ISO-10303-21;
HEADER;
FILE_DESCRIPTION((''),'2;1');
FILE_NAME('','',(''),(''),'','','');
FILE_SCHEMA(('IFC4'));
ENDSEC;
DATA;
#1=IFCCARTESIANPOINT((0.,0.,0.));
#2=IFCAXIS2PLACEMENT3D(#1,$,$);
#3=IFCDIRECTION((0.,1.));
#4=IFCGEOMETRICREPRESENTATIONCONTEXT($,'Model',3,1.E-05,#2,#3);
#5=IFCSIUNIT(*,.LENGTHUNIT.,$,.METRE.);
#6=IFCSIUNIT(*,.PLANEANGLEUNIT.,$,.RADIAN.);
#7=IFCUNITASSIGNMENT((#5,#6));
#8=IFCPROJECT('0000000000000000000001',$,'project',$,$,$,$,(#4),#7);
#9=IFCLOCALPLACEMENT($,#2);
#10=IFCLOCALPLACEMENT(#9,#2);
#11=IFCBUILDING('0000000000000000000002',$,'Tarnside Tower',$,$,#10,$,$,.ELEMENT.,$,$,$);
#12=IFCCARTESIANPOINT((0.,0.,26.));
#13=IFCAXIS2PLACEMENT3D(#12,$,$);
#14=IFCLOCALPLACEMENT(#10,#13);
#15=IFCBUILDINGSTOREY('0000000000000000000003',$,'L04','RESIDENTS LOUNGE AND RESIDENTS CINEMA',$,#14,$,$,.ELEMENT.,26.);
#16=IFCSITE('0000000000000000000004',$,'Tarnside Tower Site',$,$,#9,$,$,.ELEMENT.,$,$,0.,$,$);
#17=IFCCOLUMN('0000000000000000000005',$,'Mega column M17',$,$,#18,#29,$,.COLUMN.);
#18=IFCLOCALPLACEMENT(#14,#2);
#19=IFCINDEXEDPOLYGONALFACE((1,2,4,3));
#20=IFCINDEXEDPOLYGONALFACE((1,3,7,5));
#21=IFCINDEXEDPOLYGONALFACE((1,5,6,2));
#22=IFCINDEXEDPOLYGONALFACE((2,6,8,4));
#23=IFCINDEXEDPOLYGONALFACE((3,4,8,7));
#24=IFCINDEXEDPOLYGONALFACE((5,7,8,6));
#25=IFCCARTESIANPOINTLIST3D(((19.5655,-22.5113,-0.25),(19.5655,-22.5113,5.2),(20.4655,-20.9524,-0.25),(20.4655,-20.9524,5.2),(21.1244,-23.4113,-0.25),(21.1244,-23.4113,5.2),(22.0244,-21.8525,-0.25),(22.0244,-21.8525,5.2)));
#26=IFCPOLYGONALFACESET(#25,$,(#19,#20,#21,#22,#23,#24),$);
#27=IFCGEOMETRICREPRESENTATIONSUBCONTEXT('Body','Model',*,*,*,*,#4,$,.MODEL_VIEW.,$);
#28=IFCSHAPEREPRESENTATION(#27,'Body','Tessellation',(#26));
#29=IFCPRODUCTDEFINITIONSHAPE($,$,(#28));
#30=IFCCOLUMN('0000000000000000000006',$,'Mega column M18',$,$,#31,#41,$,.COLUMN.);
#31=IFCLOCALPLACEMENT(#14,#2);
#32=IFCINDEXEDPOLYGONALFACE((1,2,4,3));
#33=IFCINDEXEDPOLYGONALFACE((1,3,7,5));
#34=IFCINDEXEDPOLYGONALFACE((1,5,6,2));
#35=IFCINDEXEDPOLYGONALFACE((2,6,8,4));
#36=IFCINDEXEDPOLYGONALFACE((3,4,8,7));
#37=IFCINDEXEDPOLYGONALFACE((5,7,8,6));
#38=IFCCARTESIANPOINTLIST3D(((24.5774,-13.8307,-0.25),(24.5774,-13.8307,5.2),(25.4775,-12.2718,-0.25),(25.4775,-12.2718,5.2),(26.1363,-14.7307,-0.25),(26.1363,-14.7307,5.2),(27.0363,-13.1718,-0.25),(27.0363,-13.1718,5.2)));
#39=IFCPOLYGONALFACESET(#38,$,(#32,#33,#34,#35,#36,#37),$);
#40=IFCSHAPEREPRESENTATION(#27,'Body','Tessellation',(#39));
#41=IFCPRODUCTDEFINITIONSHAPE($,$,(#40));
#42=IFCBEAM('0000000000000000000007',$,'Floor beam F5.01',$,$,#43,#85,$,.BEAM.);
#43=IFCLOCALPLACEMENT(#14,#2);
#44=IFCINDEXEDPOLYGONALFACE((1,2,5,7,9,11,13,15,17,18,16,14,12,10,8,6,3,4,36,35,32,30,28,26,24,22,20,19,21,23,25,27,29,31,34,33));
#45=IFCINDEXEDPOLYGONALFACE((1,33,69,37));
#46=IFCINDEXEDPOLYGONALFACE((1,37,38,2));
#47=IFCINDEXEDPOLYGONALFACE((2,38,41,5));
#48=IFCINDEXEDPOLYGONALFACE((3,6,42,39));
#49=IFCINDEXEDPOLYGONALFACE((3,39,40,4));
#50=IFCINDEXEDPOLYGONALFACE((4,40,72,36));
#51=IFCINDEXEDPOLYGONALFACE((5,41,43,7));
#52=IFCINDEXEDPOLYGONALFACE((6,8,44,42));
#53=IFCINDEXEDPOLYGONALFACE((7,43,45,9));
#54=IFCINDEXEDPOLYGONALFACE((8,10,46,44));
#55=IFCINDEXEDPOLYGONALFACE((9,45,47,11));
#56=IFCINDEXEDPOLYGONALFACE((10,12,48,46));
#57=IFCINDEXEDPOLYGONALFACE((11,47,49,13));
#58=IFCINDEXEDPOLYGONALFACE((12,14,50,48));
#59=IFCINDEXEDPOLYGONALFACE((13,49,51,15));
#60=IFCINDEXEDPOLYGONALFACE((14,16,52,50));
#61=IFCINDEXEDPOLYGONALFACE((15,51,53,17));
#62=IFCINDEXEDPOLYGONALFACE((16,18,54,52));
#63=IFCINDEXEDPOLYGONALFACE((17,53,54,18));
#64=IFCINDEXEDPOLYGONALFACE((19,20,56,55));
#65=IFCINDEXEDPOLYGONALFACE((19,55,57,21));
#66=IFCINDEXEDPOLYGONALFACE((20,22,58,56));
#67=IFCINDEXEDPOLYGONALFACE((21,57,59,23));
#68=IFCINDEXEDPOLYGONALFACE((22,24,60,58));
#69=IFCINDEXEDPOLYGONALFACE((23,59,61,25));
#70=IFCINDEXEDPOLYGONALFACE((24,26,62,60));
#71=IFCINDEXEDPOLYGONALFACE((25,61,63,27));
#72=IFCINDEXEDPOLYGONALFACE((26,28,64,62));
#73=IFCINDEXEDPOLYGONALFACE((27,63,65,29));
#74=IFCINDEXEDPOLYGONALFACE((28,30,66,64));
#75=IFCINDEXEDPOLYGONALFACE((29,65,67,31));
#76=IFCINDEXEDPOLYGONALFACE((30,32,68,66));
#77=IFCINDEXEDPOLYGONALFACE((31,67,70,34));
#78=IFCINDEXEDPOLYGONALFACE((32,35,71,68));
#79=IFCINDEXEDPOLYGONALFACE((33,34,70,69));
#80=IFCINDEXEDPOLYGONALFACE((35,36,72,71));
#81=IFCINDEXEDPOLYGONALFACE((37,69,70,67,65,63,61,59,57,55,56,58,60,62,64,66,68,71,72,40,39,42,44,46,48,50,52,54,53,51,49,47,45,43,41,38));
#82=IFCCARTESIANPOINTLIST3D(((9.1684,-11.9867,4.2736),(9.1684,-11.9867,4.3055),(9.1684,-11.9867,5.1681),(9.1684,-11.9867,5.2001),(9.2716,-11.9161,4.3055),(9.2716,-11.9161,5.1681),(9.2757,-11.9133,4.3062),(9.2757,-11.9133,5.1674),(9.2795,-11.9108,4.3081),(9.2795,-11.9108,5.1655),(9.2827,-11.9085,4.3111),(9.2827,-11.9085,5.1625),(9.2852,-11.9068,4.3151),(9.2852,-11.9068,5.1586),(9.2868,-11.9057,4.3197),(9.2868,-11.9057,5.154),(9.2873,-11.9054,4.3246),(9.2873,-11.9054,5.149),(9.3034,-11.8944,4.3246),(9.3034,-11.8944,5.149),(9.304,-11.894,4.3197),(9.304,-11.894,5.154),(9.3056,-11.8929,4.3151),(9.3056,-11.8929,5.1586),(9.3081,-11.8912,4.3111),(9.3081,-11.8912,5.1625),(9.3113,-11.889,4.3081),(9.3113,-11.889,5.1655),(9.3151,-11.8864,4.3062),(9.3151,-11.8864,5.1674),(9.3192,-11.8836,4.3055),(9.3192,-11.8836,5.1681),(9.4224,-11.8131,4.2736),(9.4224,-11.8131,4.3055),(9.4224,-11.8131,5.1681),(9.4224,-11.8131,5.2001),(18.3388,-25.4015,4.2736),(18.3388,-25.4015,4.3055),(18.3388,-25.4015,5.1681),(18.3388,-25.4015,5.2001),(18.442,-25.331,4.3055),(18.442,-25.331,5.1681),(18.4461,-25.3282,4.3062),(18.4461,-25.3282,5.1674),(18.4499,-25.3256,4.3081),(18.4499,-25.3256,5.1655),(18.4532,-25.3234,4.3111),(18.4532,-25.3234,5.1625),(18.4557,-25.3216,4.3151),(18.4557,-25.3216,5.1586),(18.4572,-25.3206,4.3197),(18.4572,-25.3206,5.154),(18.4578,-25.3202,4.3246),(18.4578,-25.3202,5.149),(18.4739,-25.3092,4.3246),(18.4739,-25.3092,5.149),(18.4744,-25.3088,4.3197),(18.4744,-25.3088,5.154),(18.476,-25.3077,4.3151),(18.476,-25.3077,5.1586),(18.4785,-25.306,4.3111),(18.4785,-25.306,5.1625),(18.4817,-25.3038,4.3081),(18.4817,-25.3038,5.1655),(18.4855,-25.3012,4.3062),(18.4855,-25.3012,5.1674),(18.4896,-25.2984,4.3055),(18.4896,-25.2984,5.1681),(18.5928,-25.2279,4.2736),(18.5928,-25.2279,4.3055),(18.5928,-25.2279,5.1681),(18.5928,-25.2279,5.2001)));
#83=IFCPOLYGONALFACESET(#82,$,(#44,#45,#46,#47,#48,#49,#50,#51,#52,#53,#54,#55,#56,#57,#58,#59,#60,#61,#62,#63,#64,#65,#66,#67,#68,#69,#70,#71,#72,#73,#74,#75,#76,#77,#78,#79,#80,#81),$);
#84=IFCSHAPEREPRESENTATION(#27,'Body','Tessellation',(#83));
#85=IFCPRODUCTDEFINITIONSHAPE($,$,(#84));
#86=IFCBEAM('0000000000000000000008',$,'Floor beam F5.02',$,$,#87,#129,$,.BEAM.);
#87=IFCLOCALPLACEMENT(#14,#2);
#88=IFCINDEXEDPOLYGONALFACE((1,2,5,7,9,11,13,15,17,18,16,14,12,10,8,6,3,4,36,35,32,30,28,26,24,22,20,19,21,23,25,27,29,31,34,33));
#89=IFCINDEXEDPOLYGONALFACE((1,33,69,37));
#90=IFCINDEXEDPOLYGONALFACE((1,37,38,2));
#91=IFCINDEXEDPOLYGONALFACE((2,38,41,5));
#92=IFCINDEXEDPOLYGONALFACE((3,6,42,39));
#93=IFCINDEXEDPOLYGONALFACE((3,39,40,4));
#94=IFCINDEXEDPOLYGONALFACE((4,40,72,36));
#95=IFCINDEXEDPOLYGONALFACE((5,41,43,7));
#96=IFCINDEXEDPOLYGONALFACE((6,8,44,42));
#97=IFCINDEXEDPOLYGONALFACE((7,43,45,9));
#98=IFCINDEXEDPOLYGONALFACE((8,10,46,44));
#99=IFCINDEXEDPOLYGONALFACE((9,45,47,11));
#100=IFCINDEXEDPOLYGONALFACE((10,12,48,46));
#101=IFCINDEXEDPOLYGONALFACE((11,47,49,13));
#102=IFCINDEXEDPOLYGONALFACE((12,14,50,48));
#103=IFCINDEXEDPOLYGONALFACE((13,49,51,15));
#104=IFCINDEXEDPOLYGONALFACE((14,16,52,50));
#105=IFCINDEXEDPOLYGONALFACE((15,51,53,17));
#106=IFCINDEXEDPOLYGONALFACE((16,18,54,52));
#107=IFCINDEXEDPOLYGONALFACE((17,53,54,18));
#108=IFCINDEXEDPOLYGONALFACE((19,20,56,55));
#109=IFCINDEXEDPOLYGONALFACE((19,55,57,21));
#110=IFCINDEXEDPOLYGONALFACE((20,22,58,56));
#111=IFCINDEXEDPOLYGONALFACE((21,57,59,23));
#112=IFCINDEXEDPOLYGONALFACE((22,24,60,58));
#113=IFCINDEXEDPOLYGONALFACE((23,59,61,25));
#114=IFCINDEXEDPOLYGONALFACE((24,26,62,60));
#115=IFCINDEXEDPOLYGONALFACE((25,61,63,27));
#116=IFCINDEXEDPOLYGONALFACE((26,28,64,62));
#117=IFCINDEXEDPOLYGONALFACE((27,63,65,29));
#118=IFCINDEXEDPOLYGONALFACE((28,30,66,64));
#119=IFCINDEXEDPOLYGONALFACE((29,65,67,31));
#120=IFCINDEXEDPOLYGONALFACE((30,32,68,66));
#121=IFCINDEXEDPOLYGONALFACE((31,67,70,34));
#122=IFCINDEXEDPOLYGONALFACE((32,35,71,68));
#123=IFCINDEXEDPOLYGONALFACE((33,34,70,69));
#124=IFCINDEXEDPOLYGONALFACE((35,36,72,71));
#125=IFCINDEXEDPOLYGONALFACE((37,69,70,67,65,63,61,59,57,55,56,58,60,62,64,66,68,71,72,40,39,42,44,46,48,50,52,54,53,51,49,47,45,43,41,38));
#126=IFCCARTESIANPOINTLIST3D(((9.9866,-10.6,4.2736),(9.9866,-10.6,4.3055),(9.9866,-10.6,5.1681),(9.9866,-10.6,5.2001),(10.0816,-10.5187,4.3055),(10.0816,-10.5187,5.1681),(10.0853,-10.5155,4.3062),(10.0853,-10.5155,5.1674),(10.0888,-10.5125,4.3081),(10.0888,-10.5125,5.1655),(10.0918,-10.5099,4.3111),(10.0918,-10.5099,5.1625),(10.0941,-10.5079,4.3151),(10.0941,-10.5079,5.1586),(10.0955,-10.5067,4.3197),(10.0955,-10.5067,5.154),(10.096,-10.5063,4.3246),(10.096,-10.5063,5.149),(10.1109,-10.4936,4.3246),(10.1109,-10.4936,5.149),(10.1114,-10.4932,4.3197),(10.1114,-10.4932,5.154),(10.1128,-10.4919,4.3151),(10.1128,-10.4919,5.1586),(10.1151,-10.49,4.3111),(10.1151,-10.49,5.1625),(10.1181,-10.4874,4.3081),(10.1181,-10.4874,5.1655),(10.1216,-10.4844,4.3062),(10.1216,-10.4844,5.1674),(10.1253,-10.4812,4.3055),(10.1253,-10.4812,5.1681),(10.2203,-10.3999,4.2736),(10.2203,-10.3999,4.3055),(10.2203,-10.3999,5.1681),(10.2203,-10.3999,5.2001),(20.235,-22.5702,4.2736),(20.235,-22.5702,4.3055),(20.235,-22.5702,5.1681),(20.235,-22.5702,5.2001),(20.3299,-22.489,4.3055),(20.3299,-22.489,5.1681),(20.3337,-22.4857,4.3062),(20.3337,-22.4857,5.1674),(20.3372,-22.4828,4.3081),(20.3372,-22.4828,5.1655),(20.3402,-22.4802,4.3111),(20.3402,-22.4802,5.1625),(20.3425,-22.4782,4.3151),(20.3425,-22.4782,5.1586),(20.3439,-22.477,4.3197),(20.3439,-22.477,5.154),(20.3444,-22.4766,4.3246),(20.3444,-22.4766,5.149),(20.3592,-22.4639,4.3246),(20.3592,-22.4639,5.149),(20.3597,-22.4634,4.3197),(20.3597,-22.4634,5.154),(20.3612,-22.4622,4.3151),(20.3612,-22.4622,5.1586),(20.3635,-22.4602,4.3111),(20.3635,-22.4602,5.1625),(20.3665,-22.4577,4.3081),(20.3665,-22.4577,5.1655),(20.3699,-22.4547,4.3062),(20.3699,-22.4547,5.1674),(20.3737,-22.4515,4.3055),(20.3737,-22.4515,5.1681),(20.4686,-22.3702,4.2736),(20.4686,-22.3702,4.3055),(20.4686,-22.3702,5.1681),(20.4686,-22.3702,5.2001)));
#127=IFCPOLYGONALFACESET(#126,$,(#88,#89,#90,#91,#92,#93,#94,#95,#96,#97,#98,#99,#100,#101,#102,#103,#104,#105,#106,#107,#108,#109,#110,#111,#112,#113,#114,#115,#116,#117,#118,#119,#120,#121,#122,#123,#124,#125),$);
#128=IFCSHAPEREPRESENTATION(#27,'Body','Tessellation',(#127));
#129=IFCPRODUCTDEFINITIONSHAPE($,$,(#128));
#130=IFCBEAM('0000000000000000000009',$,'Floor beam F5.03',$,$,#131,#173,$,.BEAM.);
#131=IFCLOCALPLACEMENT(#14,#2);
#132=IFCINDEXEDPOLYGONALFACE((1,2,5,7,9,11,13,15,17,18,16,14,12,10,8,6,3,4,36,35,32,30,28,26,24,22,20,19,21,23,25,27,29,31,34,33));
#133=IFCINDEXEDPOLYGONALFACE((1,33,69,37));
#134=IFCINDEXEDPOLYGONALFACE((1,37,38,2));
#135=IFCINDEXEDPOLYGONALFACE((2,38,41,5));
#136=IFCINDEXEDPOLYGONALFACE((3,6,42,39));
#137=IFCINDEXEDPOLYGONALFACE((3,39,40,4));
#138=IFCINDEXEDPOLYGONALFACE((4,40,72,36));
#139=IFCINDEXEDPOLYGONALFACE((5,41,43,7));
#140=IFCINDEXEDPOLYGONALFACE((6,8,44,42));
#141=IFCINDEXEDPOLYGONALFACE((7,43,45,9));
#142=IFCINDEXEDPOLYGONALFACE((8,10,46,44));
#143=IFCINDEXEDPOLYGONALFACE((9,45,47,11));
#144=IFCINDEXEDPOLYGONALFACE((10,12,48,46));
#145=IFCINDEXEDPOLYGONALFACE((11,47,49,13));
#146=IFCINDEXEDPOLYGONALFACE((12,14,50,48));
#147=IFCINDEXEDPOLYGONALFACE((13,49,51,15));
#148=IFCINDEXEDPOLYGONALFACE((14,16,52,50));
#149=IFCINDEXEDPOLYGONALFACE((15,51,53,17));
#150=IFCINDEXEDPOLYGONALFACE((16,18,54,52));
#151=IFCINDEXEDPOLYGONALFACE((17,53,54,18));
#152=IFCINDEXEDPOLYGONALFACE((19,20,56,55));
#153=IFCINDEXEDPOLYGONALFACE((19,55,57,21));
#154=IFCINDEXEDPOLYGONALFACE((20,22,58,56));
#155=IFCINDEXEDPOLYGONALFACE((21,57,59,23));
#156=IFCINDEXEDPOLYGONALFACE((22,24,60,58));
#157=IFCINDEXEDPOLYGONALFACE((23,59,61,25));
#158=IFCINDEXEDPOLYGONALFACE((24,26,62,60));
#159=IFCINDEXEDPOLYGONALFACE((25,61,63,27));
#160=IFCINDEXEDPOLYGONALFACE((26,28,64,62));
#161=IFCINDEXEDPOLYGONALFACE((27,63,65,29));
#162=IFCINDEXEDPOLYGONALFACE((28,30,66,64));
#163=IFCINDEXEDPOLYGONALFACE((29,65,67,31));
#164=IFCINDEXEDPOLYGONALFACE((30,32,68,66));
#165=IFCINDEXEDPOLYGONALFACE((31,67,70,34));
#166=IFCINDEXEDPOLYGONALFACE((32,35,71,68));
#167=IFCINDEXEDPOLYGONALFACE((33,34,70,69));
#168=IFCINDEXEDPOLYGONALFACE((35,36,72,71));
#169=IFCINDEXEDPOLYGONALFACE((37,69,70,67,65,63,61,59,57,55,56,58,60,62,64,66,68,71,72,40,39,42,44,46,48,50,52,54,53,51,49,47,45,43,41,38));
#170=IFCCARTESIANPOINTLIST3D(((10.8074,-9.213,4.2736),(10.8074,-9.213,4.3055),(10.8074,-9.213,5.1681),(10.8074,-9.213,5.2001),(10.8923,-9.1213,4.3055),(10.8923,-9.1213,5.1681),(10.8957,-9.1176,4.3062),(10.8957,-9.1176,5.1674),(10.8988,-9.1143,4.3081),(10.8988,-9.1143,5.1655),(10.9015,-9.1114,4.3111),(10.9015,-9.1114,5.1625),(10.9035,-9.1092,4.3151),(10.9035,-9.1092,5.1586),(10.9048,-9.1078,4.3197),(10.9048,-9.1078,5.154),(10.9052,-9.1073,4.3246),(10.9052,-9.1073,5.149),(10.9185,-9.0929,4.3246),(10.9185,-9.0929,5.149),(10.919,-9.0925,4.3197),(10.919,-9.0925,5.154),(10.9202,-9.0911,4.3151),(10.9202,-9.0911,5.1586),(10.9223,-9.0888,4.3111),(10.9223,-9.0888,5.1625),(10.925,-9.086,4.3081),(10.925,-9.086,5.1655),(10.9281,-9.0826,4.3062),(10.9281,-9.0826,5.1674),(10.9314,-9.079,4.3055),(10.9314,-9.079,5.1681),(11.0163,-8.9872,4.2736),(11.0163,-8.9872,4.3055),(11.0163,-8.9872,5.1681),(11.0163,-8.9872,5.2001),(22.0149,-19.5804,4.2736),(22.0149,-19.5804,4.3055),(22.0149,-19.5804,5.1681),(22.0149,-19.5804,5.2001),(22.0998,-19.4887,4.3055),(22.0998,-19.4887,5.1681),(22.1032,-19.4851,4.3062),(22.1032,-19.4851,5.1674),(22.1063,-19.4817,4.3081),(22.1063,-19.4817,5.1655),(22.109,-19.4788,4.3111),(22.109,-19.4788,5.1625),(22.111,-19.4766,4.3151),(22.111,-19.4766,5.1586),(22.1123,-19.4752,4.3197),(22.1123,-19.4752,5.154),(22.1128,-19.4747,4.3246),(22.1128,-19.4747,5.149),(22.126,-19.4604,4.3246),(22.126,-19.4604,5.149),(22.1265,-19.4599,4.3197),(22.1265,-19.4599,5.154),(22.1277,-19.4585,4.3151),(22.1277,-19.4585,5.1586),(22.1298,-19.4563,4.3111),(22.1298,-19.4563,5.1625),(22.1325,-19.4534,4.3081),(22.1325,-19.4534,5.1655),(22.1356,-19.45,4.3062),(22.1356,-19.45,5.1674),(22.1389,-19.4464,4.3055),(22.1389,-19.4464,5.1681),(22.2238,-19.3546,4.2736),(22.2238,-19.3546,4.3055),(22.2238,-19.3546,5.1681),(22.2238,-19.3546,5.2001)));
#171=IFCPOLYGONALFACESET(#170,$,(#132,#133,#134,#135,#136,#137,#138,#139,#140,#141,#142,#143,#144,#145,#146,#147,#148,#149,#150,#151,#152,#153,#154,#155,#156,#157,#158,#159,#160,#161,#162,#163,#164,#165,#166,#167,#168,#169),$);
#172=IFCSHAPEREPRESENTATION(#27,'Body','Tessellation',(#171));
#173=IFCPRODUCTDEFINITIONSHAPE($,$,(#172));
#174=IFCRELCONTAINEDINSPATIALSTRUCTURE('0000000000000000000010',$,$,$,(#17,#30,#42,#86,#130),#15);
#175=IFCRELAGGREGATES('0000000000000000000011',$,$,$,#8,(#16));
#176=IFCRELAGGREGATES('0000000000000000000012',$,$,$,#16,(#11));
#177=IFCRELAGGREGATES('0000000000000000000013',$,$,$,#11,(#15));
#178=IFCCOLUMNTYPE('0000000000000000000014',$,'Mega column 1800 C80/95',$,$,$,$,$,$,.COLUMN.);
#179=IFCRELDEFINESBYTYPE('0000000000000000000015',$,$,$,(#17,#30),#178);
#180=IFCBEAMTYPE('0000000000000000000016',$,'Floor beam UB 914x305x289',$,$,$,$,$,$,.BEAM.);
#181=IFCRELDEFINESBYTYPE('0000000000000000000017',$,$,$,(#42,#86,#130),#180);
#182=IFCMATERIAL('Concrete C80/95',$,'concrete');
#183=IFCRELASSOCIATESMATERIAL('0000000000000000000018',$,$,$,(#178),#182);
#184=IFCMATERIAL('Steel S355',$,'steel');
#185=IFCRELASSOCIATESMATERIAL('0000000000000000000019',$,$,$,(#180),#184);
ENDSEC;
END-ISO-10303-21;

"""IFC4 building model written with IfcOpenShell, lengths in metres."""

from ifc_helpers import new_model, si_unit, direction, frame, origin, origin_2d, place, context, subcontext, project, spatial, rectangle, i_section, extrude, material, material_profile, profile_set, type_object, element, save


model = new_model("IFC4")

# Units and contexts
model_context = context("Model", 3, precision=1e-05, world=origin(), true_north=direction((0.0, 1.0)))
body_context = subcontext(model_context, "Body", "Model", "MODEL_VIEW")
ifc_project = project(units=[si_unit("LENGTHUNIT", "METRE"), si_unit("PLANEANGLEUNIT", "RADIAN")], contexts=[model_context])

# Site, building, storey
site_placement = place(None, origin())
site = spatial("IfcSite", under=ifc_project, at=site_placement, Name="Tarnside Tower Site", CompositionType="ELEMENT", RefElevation=0.0)
building_placement = place(site_placement, origin())
building = spatial("IfcBuilding", under=site, at=building_placement, Name="Tarnside Tower", CompositionType="ELEMENT")
storey_placement = place(building_placement, frame((0.0, 0.0, 26.0)))
storey = spatial("IfcBuildingStorey", under=building, at=storey_placement, Name="L04", Description="RESIDENTS LOUNGE AND RESIDENTS CINEMA", CompositionType="ELEMENT", Elevation=26.0)

# Columns
ifc_material_1 = material(Name="Concrete C80/95", Category="concrete")
ifc_material_profile_1 = material_profile(ifc_material_1, rectangle(XDim=1.8, YDim=1.8, at=origin_2d()), Name="Mega column 1800x1800")
ifc_profile_set_1 = profile_set([ifc_material_profile_1], Name="Concrete C80/95")
column_type = type_object("IfcColumnType", Name="Mega column 1800 C80/95", PredefinedType="COLUMN", material=ifc_profile_set_1)
for number, where, z_axis, x_axis, name in (
    (1, (20.7949, -22.1819, -0.25), (0.0, 0.0, 1.0), (-0.5, -0.866025, 0.0), "Mega column M17"),
    (2, (25.8069, -13.5012, -0.25), (0.0, 0.0, 1.0), (-0.5, -0.866025, 0.0), "Mega column M18"),
):
    element("IfcColumn", number, at=place(storey_placement, frame(where, z_axis=z_axis, x_axis=x_axis)), inside=storey, type_object=column_type, Name=name, PredefinedType="COLUMN", context=body_context, shape_type="SweptSolid", body=[
        extrude(rectangle(XDim=1.8, YDim=1.8, at=origin_2d()), origin(), (0.0, 0.0, 1.0), 5.45),
    ])

# Beams
ifc_material_2 = material(Name="Steel S355", Category="steel")
ifc_material_profile_2 = material_profile(ifc_material_2, i_section(OverallWidth=0.3076, OverallDepth=0.9265, WebThickness=0.0195, FlangeThickness=0.032, FilletRadius=0.019, at=origin_2d()), Name="UB 914x305x289")
ifc_profile_set_2 = profile_set([ifc_material_profile_2], Name="Steel S355")
beam_type_1 = type_object("IfcBeamType", Name="Floor beam UB 914x305x289", PredefinedType="BEAM", material=ifc_profile_set_2)
beam_1_placement = place(storey_placement, frame((18.4658, -25.3147, 4.7368), z_axis=(-0.564343, 0.82554, 0.0), x_axis=(-0.82554, -0.564343, 0.0)))
element("IfcBeam", 3, at=beam_1_placement, inside=storey, type_object=beam_type_1, Name="Floor beam F5.01", PredefinedType="BEAM", context=body_context, shape_type="SweptSolid", body=[
    extrude(i_section(OverallWidth=0.3076, OverallDepth=0.9265, WebThickness=0.0195, FlangeThickness=0.032, FilletRadius=0.019, at=origin_2d()), origin(), (0.0, 0.0, 1.0), 16.2498),
])
beam_2_placement = place(storey_placement, frame((20.3518, -22.4702, 4.7368), z_axis=(-0.650356, 0.759629, 0.0), x_axis=(-0.759629, -0.650356, 0.0)))
element("IfcBeam", 4, at=beam_2_placement, inside=storey, type_object=beam_type_1, Name="Floor beam F5.02", PredefinedType="BEAM", context=body_context, shape_type="SweptSolid", body=[
    extrude(i_section(OverallWidth=0.3076, OverallDepth=0.9265, WebThickness=0.0195, FlangeThickness=0.032, FilletRadius=0.019, at=origin_2d()), origin(), (0.0, 0.0, 1.0), 15.7581),
])
beam_3_placement = place(storey_placement, frame((22.1194, -19.4675, 4.7368), z_axis=(-0.734084, 0.679059, 0.0), x_axis=(-0.679059, -0.734084, 0.0)))
element("IfcBeam", 5, at=beam_3_placement, inside=storey, type_object=beam_type_1, Name="Floor beam F5.03", PredefinedType="BEAM", context=body_context, shape_type="SweptSolid", body=[
    extrude(i_section(OverallWidth=0.3076, OverallDepth=0.9265, WebThickness=0.0195, FlangeThickness=0.032, FilletRadius=0.019, at=origin_2d()), origin(), (0.0, 0.0, 1.0), 15.2673),
])

save(model, "model.ifc")
